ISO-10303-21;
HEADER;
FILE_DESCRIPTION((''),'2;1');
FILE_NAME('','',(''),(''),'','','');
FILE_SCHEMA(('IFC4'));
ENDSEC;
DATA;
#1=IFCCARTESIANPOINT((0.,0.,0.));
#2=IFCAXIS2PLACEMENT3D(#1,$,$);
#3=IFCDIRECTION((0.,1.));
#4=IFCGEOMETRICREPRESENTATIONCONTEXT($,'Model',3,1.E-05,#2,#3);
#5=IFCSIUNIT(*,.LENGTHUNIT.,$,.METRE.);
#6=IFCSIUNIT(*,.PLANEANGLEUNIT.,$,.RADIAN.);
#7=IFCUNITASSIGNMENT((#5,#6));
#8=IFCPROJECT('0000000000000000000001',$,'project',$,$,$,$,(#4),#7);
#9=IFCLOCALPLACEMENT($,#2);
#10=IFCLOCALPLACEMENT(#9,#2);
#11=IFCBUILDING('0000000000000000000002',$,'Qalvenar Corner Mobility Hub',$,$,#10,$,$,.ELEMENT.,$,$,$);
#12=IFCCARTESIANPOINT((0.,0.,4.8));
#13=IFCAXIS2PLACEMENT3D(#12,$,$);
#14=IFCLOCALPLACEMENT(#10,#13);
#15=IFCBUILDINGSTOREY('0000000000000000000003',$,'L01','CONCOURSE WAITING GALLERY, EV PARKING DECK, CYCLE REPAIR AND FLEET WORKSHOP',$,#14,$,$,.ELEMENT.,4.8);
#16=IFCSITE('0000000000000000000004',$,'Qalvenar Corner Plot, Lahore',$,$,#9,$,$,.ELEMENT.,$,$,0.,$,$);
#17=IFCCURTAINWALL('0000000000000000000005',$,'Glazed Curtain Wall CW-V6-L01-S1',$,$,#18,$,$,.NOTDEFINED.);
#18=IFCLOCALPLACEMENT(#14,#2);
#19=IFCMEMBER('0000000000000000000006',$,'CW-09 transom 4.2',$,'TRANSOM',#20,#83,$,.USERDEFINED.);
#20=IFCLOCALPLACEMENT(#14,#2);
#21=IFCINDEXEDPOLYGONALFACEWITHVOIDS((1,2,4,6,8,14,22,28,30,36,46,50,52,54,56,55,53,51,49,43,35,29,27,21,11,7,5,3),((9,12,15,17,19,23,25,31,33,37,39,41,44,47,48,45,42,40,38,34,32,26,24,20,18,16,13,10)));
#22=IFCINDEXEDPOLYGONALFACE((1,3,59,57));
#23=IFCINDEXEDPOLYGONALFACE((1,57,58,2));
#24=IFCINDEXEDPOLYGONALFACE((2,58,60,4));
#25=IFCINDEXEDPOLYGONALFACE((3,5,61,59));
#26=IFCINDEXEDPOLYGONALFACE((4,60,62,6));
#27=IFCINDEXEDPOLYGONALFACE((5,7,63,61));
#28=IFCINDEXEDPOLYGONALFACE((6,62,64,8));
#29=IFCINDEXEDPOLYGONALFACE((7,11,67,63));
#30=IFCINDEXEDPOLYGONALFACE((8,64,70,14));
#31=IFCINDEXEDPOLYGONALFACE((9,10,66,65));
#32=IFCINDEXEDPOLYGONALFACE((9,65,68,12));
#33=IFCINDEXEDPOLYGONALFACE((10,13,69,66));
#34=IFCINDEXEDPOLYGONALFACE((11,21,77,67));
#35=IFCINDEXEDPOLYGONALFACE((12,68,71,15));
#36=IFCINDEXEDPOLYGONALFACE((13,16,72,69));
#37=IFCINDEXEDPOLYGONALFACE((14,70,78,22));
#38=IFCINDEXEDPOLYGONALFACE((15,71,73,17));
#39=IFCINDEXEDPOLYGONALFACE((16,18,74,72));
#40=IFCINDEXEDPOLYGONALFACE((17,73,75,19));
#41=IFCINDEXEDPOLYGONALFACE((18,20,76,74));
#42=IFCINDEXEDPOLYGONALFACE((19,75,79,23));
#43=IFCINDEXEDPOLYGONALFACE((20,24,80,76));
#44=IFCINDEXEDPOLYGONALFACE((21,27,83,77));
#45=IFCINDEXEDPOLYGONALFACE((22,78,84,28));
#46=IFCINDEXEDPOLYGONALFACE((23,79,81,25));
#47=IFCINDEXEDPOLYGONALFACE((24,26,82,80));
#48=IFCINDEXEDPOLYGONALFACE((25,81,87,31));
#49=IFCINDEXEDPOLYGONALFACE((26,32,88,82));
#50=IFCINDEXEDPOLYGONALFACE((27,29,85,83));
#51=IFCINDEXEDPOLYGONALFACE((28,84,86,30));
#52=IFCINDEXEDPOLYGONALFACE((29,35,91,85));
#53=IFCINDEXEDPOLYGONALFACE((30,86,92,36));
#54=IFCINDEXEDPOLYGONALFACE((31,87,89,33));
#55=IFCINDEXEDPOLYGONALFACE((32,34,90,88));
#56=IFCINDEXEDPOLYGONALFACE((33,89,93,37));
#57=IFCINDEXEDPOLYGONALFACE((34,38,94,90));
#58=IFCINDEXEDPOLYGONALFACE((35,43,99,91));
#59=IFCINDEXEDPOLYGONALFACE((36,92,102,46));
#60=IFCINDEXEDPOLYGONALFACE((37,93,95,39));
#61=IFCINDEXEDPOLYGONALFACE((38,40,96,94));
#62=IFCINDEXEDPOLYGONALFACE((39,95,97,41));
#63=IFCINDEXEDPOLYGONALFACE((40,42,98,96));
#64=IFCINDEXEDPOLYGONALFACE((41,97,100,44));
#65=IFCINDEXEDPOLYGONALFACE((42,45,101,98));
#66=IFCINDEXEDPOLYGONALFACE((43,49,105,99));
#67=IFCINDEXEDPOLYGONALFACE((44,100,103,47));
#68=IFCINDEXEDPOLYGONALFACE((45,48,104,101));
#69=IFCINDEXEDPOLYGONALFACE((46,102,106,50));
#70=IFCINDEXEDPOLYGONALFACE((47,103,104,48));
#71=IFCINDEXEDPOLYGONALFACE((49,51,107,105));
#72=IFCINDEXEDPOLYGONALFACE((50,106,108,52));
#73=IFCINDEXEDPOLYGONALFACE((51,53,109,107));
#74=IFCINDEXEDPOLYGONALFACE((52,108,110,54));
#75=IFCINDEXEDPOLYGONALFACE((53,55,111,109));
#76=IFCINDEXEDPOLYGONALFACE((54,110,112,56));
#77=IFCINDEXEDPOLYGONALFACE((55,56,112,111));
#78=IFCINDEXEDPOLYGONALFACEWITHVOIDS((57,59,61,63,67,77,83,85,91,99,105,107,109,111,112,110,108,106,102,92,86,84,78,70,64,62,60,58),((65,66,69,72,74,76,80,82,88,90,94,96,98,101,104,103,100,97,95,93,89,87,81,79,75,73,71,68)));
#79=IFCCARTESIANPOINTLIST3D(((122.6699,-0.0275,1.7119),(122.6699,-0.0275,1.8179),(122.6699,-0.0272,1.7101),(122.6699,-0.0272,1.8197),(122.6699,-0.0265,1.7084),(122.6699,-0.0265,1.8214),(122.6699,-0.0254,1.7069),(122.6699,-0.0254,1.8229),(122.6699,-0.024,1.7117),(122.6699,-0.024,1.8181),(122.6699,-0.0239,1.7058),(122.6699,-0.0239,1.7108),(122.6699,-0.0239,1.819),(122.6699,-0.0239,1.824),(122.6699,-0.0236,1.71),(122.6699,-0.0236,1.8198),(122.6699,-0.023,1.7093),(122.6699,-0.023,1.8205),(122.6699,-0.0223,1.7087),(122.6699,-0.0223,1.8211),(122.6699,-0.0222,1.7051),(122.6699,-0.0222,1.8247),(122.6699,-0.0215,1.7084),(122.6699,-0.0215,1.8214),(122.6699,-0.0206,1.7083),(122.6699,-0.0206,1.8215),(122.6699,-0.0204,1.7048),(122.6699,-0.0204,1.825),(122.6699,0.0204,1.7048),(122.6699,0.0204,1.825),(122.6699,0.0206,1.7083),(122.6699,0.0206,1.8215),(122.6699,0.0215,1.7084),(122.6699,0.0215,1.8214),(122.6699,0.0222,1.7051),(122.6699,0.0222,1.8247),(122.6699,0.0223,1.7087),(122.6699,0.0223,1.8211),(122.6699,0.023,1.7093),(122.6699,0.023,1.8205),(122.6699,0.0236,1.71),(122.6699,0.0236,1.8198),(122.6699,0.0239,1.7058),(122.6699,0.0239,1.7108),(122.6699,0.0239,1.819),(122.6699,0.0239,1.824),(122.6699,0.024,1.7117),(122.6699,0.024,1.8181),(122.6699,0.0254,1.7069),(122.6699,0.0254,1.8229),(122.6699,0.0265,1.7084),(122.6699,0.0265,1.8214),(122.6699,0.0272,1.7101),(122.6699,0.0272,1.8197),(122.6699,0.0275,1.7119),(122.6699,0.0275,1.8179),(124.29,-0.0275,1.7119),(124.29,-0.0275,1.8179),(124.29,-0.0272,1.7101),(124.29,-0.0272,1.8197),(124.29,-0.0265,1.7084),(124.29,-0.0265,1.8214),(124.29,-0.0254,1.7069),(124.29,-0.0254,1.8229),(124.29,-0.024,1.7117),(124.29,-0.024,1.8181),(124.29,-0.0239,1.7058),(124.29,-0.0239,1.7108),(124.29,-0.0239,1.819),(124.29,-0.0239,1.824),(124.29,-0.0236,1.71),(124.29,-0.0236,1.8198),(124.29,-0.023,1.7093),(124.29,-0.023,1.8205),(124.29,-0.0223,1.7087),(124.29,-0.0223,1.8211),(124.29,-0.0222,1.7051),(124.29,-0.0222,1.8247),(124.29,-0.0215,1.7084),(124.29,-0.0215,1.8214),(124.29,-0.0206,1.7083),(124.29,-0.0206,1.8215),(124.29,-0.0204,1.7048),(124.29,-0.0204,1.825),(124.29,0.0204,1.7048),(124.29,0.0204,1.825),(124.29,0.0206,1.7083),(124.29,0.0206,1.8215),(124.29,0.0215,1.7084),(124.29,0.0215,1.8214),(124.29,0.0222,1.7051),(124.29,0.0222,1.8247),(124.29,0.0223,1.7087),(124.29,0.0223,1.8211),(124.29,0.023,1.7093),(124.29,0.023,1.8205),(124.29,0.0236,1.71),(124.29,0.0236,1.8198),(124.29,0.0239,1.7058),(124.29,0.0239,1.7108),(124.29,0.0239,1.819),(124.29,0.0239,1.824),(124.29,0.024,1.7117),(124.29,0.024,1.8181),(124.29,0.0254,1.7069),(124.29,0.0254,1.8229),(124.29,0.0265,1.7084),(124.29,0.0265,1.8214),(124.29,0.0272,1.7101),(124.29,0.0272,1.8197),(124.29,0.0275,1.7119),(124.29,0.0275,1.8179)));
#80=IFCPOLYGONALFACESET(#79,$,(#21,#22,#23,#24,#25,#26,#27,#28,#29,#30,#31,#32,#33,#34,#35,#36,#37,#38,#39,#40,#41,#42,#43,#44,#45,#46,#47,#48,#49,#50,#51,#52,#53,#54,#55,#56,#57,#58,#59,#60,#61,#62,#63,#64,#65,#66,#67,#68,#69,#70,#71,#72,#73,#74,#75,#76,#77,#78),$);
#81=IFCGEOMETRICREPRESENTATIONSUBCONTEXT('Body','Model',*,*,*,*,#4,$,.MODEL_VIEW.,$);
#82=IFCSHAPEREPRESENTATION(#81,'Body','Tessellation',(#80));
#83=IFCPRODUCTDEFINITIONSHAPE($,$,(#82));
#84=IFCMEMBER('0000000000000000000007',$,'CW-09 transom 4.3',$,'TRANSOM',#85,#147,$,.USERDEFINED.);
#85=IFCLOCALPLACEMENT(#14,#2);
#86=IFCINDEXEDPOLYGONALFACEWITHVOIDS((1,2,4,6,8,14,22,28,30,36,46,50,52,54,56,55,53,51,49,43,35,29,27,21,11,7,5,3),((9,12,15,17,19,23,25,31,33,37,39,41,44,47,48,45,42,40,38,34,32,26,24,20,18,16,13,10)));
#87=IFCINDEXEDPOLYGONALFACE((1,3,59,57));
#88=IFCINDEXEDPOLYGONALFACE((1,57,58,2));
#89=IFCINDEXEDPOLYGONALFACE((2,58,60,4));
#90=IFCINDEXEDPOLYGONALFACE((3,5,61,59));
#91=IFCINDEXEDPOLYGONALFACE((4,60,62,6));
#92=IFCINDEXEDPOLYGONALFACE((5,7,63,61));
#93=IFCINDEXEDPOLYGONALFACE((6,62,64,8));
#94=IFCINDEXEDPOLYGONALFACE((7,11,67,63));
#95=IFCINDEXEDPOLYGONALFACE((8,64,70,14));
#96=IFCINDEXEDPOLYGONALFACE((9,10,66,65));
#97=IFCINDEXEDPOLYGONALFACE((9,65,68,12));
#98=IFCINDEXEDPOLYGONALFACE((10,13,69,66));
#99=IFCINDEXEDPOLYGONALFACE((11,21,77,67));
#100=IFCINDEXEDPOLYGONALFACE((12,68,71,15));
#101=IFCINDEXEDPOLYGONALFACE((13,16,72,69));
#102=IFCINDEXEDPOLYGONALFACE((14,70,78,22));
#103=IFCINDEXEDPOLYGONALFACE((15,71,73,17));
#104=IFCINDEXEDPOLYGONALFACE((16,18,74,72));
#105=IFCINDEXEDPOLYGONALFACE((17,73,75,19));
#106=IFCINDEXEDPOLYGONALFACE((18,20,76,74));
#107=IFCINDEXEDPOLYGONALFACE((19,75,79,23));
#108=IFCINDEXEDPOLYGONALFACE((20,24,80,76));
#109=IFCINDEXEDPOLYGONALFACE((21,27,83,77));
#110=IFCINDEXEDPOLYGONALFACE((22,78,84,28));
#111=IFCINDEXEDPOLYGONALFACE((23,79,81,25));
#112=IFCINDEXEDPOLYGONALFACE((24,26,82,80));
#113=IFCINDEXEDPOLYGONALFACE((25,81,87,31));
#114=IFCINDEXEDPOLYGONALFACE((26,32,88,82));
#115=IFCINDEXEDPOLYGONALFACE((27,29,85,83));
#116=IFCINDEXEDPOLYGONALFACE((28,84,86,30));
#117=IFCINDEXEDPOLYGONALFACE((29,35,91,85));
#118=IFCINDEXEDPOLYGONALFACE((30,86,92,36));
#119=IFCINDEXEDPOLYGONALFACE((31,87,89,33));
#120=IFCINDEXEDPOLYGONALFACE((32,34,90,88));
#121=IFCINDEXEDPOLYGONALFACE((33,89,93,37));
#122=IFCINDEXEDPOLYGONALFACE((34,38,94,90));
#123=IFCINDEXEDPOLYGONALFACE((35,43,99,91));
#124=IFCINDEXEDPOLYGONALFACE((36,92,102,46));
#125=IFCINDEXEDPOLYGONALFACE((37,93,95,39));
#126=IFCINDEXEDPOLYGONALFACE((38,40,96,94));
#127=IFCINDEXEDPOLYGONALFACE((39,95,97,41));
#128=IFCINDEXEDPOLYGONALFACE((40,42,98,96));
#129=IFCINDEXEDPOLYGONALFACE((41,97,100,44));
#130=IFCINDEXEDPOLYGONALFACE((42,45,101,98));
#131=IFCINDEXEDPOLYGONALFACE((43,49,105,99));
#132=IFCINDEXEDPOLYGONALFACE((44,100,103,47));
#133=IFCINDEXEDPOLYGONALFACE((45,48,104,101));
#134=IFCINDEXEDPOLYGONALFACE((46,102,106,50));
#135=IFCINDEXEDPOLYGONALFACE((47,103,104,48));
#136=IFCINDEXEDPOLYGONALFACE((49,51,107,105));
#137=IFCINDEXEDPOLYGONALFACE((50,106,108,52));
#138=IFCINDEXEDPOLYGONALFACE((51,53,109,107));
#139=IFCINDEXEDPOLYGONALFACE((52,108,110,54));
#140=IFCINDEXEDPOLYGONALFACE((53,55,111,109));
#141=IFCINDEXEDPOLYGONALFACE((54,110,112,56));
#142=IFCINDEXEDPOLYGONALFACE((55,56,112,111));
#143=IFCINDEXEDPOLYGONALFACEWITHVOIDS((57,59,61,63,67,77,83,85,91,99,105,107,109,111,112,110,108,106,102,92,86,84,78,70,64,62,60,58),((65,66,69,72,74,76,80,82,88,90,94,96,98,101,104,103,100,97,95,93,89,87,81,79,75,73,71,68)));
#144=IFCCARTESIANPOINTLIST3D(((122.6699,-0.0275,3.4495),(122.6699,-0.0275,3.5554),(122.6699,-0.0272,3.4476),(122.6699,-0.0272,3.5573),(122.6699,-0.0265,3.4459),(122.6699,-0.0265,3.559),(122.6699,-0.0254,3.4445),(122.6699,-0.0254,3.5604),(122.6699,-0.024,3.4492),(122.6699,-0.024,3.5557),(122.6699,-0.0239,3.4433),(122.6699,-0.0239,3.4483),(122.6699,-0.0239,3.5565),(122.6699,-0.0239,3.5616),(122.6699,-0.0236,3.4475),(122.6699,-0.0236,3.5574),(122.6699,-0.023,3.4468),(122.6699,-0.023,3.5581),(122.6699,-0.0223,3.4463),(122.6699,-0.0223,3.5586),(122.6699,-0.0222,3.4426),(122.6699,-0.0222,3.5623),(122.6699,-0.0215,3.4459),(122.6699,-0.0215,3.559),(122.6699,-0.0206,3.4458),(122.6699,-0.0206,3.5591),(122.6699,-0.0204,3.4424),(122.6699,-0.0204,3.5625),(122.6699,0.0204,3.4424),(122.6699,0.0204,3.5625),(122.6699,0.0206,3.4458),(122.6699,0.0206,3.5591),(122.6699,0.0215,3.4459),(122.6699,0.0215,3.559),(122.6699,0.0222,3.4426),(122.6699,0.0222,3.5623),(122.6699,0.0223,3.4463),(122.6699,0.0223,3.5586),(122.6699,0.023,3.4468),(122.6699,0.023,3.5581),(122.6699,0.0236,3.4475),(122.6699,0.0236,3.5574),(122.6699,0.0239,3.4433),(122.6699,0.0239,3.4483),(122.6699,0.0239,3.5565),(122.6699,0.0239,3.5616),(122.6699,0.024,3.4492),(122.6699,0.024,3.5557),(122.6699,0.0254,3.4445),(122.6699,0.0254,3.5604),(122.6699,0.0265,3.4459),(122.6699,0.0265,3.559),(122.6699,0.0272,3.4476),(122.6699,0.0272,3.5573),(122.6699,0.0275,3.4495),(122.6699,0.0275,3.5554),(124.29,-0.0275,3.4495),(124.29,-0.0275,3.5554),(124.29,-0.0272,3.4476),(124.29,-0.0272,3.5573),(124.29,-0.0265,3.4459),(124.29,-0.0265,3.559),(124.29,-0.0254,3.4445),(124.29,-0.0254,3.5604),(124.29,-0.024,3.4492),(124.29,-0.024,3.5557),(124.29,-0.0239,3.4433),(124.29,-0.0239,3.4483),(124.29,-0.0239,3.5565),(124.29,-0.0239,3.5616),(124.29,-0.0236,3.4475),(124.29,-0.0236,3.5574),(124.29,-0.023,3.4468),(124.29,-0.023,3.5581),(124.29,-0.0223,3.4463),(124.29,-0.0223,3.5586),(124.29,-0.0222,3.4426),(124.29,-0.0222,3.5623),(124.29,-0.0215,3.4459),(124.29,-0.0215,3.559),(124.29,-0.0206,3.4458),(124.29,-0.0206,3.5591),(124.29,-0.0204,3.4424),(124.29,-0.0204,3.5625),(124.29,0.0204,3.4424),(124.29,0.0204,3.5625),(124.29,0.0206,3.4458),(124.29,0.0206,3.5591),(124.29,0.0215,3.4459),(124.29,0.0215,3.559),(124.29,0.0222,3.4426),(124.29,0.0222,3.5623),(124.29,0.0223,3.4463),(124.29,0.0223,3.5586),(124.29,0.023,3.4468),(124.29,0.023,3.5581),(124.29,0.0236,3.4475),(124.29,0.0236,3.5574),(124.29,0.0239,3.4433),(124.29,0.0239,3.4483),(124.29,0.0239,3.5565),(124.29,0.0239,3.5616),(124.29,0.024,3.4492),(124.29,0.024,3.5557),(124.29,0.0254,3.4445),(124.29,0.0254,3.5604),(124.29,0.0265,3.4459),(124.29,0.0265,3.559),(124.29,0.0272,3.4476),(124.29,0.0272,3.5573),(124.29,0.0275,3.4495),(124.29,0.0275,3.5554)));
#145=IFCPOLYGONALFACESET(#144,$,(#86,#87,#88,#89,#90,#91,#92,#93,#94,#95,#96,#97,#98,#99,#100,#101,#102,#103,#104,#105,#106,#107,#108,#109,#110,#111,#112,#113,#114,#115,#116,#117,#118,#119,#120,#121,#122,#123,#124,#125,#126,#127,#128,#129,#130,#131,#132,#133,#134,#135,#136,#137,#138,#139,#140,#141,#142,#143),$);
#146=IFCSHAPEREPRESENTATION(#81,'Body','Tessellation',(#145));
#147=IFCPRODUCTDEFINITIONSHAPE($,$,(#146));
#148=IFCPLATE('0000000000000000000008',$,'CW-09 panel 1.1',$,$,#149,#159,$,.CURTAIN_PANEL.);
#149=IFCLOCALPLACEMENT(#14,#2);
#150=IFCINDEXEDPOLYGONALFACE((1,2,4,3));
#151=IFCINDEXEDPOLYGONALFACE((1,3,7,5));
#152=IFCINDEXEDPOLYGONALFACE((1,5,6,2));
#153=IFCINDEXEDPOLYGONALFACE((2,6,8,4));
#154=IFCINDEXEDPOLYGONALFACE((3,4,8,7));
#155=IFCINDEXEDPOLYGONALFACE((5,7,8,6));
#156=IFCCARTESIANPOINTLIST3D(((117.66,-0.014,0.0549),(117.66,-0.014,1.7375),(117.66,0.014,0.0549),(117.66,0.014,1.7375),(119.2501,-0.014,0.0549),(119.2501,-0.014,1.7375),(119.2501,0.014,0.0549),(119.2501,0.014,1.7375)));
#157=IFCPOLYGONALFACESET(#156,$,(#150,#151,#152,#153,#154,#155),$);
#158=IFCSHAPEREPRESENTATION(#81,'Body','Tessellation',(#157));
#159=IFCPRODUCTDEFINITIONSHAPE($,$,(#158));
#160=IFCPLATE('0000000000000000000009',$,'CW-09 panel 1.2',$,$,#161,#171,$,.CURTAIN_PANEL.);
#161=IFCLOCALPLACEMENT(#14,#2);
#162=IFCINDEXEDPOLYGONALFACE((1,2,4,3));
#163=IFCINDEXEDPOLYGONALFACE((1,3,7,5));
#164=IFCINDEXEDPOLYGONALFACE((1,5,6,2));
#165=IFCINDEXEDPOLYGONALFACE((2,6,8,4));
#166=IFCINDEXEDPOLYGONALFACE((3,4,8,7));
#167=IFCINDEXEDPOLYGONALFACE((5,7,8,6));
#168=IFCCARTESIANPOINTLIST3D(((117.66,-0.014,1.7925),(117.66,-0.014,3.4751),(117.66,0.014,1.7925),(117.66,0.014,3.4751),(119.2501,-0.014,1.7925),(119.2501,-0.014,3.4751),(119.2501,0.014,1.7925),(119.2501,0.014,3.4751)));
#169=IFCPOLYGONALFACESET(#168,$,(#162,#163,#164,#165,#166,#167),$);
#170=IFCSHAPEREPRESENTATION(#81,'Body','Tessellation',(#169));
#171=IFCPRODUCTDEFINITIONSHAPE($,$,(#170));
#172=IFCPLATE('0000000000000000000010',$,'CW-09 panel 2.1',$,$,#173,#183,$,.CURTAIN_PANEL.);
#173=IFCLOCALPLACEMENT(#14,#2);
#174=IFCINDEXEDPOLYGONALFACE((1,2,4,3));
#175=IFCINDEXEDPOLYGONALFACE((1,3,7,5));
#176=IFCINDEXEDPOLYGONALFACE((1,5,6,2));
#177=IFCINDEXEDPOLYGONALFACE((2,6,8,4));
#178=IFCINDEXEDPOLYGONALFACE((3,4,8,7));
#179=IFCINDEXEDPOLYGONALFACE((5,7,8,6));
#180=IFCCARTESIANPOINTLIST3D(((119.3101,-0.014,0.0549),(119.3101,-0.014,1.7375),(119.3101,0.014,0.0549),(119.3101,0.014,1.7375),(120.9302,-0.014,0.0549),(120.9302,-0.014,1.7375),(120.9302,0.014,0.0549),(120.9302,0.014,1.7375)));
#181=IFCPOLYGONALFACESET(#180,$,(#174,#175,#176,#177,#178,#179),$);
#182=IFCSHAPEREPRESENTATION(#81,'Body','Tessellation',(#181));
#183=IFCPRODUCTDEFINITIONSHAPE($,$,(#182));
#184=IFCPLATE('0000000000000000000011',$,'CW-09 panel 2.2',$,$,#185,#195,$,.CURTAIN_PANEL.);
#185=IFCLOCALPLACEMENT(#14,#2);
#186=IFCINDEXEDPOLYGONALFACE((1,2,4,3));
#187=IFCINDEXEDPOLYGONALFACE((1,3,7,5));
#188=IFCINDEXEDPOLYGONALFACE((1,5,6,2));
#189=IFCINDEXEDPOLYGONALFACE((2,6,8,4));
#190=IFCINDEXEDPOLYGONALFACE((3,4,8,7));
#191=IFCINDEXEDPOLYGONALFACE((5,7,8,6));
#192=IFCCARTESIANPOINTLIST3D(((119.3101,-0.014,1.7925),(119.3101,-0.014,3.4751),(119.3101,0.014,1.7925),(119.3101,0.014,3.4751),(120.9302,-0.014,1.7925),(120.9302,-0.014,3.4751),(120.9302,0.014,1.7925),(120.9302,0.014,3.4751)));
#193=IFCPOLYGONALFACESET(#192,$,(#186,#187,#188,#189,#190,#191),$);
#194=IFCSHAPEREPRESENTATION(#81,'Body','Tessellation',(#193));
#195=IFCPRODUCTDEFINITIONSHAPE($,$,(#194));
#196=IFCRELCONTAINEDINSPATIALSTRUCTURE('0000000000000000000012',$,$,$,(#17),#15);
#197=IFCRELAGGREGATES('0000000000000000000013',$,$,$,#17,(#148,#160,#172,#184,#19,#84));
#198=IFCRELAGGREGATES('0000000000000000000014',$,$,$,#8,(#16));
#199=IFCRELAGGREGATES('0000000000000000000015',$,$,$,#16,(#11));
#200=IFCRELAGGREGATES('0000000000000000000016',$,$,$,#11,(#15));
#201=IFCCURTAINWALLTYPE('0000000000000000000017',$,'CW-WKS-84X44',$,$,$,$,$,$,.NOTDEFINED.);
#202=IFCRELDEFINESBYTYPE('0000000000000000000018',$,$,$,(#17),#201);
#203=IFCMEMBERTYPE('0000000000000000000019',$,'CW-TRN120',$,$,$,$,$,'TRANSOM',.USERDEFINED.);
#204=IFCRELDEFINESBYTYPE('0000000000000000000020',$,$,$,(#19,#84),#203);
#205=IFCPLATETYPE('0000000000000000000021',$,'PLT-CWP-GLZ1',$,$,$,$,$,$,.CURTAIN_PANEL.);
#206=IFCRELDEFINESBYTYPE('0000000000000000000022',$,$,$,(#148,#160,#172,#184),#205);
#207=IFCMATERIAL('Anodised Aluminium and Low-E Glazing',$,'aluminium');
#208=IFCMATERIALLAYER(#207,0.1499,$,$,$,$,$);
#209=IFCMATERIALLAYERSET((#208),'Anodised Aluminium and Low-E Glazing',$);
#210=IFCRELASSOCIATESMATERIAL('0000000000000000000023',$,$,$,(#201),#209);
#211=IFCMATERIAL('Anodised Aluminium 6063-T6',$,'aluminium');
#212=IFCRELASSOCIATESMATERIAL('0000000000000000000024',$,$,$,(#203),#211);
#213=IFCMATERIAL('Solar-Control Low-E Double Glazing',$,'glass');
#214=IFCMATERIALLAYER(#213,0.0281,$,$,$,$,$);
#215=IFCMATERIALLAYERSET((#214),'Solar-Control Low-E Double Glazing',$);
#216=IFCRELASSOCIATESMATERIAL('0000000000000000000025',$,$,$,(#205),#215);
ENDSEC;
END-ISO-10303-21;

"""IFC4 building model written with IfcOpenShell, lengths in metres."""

from ifc_helpers import new_model, si_unit, direction, frame, origin, origin_2d, place, context, subcontext, project, spatial, rectangle, hollow_rectangle, extrude, material, layer, layer_set, material_profile, profile_set, type_object, element, aggregate, save


model = new_model("IFC4")

# Units and contexts
model_context = context("Model", 3, precision=1e-05, world=origin(), true_north=direction((0.0, 1.0)))
body_context = subcontext(model_context, "Body", "Model", "MODEL_VIEW")
ifc_project = project(units=[si_unit("LENGTHUNIT", "METRE"), si_unit("PLANEANGLEUNIT", "RADIAN")], contexts=[model_context])

# Site, building, storey
site_placement = place(None, origin())
site = spatial("IfcSite", under=ifc_project, at=site_placement, Name="Qalvenar Corner Plot, Lahore", CompositionType="ELEMENT", RefElevation=0.0)
building_placement = place(site_placement, origin())
building = spatial("IfcBuilding", under=site, at=building_placement, Name="Qalvenar Corner Mobility Hub", CompositionType="ELEMENT")
storey_placement = place(building_placement, frame((0.0, 0.0, 4.8)))
storey = spatial("IfcBuildingStorey", under=building, at=storey_placement, Name="L01", Description="CONCOURSE WAITING GALLERY, EV PARKING DECK, CYCLE REPAIR AND FLEET WORKSHOP", CompositionType="ELEMENT", Elevation=4.8)

# Curtain wall, members, plates
ifc_material_1 = material(Name="Anodised Aluminium and Low-E Glazing", Category="aluminium")
ifc_layer_1 = layer(ifc_material_1, 0.1499)
ifc_layer_set_1 = layer_set([ifc_layer_1], Name="Anodised Aluminium and Low-E Glazing")
curtain_wall_type = type_object("IfcCurtainWallType", Name="CW-WKS-84X44", PredefinedType="NOTDEFINED", material=ifc_layer_set_1)
curtain_wall_placement = place(storey_placement, origin())
curtain_wall = element("IfcCurtainWall", 1, at=curtain_wall_placement, inside=storey, type_object=curtain_wall_type, Name="Glazed Curtain Wall CW-V6-L01-S1", PredefinedType="NOTDEFINED")
ifc_material_2 = material(Name="Anodised Aluminium 6063-T6", Category="aluminium")
ifc_material_profile_1 = material_profile(ifc_material_2, hollow_rectangle(XDim=0.0549, YDim=0.1201, WallThickness=0.0034, InnerFilletRadius=0.0034, OuterFilletRadius=0.0071, at=origin_2d()), Name="RHS120x55x3.5")
ifc_profile_set_1 = profile_set([ifc_material_profile_1], Name="Anodised Aluminium 6063-T6")
member_type_1 = type_object("IfcMemberType", Name="CW-TRN120", ElementType="TRANSOM", PredefinedType="USERDEFINED", material=ifc_profile_set_1)
member_1_placement = place(storey_placement, frame((122.6699, 0.0, 1.7649), z_axis=(1.0, 0.0, 0.0), x_axis=(0.0, 1.0, 0.0)))
member_1 = element("IfcMember", 2, at=member_1_placement, type_object=member_type_1, Name="CW-09 transom 4.2", ObjectType="TRANSOM", PredefinedType="USERDEFINED", context=body_context, shape_type="SweptSolid", body=[
    extrude(hollow_rectangle(XDim=0.0549, YDim=0.1201, WallThickness=0.0034, InnerFilletRadius=0.0034, OuterFilletRadius=0.0071, at=origin_2d()), origin(), (0.0, 0.0, 1.0), 1.6201),
])
member_2_placement = place(storey_placement, frame((122.6699, 0.0, 3.5024), z_axis=(1.0, 0.0, 0.0), x_axis=(0.0, 1.0, 0.0)))
member_2 = element("IfcMember", 3, at=member_2_placement, type_object=member_type_1, Name="CW-09 transom 4.3", ObjectType="TRANSOM", PredefinedType="USERDEFINED", context=body_context, shape_type="SweptSolid", body=[
    extrude(hollow_rectangle(XDim=0.0549, YDim=0.1201, WallThickness=0.0034, InnerFilletRadius=0.0034, OuterFilletRadius=0.0071, at=origin_2d()), origin(), (0.0, 0.0, 1.0), 1.6201),
])
ifc_material_3 = material(Name="Solar-Control Low-E Double Glazing", Category="glass")
ifc_layer_2 = layer(ifc_material_3, 0.0281)
ifc_layer_set_2 = layer_set([ifc_layer_2], Name="Solar-Control Low-E Double Glazing")
plate_type_1 = type_object("IfcPlateType", Name="PLT-CWP-GLZ1", PredefinedType="CURTAIN_PANEL", material=ifc_layer_set_2)
plate_1_placement = place(storey_placement, frame((118.4551, 0.0, 0.0549), z_axis=(0.0, 0.0, 1.0), x_axis=(1.0, 0.0, 0.0)))
plate_1 = element("IfcPlate", 4, at=plate_1_placement, type_object=plate_type_1, Name="CW-09 panel 1.1", PredefinedType="CURTAIN_PANEL", context=body_context, shape_type="SweptSolid", body=[
    extrude(rectangle(XDim=1.5901, YDim=0.0281, at=origin_2d()), origin(), (0.0, 0.0, 1.0), 1.6826),
])
plate_2_placement = place(storey_placement, frame((118.4551, 0.0, 1.7925), z_axis=(0.0, 0.0, 1.0), x_axis=(1.0, 0.0, 0.0)))
plate_2 = element("IfcPlate", 5, at=plate_2_placement, type_object=plate_type_1, Name="CW-09 panel 1.2", PredefinedType="CURTAIN_PANEL", context=body_context, shape_type="SweptSolid", body=[
    extrude(rectangle(XDim=1.5901, YDim=0.0281, at=origin_2d()), origin(), (0.0, 0.0, 1.0), 1.6826),
])
plate_3_placement = place(storey_placement, frame((120.1201, 0.0, 0.0549), z_axis=(0.0, 0.0, 1.0), x_axis=(1.0, 0.0, 0.0)))
plate_3 = element("IfcPlate", 6, at=plate_3_placement, type_object=plate_type_1, Name="CW-09 panel 2.1", PredefinedType="CURTAIN_PANEL", context=body_context, shape_type="SweptSolid", body=[
    extrude(rectangle(XDim=1.6201, YDim=0.0281, at=origin_2d()), origin(), (0.0, 0.0, 1.0), 1.6826),
])
plate_4_placement = place(storey_placement, frame((120.1201, 0.0, 1.7925), z_axis=(0.0, 0.0, 1.0), x_axis=(1.0, 0.0, 0.0)))
plate_4 = element("IfcPlate", 7, at=plate_4_placement, type_object=plate_type_1, Name="CW-09 panel 2.2", PredefinedType="CURTAIN_PANEL", context=body_context, shape_type="SweptSolid", body=[
    extrude(rectangle(XDim=1.6201, YDim=0.0281, at=origin_2d()), origin(), (0.0, 0.0, 1.0), 1.6826),
])
aggregate(curtain_wall, [plate_1, plate_2, plate_3, plate_4, member_1, member_2])

save(model, "model.ifc")
